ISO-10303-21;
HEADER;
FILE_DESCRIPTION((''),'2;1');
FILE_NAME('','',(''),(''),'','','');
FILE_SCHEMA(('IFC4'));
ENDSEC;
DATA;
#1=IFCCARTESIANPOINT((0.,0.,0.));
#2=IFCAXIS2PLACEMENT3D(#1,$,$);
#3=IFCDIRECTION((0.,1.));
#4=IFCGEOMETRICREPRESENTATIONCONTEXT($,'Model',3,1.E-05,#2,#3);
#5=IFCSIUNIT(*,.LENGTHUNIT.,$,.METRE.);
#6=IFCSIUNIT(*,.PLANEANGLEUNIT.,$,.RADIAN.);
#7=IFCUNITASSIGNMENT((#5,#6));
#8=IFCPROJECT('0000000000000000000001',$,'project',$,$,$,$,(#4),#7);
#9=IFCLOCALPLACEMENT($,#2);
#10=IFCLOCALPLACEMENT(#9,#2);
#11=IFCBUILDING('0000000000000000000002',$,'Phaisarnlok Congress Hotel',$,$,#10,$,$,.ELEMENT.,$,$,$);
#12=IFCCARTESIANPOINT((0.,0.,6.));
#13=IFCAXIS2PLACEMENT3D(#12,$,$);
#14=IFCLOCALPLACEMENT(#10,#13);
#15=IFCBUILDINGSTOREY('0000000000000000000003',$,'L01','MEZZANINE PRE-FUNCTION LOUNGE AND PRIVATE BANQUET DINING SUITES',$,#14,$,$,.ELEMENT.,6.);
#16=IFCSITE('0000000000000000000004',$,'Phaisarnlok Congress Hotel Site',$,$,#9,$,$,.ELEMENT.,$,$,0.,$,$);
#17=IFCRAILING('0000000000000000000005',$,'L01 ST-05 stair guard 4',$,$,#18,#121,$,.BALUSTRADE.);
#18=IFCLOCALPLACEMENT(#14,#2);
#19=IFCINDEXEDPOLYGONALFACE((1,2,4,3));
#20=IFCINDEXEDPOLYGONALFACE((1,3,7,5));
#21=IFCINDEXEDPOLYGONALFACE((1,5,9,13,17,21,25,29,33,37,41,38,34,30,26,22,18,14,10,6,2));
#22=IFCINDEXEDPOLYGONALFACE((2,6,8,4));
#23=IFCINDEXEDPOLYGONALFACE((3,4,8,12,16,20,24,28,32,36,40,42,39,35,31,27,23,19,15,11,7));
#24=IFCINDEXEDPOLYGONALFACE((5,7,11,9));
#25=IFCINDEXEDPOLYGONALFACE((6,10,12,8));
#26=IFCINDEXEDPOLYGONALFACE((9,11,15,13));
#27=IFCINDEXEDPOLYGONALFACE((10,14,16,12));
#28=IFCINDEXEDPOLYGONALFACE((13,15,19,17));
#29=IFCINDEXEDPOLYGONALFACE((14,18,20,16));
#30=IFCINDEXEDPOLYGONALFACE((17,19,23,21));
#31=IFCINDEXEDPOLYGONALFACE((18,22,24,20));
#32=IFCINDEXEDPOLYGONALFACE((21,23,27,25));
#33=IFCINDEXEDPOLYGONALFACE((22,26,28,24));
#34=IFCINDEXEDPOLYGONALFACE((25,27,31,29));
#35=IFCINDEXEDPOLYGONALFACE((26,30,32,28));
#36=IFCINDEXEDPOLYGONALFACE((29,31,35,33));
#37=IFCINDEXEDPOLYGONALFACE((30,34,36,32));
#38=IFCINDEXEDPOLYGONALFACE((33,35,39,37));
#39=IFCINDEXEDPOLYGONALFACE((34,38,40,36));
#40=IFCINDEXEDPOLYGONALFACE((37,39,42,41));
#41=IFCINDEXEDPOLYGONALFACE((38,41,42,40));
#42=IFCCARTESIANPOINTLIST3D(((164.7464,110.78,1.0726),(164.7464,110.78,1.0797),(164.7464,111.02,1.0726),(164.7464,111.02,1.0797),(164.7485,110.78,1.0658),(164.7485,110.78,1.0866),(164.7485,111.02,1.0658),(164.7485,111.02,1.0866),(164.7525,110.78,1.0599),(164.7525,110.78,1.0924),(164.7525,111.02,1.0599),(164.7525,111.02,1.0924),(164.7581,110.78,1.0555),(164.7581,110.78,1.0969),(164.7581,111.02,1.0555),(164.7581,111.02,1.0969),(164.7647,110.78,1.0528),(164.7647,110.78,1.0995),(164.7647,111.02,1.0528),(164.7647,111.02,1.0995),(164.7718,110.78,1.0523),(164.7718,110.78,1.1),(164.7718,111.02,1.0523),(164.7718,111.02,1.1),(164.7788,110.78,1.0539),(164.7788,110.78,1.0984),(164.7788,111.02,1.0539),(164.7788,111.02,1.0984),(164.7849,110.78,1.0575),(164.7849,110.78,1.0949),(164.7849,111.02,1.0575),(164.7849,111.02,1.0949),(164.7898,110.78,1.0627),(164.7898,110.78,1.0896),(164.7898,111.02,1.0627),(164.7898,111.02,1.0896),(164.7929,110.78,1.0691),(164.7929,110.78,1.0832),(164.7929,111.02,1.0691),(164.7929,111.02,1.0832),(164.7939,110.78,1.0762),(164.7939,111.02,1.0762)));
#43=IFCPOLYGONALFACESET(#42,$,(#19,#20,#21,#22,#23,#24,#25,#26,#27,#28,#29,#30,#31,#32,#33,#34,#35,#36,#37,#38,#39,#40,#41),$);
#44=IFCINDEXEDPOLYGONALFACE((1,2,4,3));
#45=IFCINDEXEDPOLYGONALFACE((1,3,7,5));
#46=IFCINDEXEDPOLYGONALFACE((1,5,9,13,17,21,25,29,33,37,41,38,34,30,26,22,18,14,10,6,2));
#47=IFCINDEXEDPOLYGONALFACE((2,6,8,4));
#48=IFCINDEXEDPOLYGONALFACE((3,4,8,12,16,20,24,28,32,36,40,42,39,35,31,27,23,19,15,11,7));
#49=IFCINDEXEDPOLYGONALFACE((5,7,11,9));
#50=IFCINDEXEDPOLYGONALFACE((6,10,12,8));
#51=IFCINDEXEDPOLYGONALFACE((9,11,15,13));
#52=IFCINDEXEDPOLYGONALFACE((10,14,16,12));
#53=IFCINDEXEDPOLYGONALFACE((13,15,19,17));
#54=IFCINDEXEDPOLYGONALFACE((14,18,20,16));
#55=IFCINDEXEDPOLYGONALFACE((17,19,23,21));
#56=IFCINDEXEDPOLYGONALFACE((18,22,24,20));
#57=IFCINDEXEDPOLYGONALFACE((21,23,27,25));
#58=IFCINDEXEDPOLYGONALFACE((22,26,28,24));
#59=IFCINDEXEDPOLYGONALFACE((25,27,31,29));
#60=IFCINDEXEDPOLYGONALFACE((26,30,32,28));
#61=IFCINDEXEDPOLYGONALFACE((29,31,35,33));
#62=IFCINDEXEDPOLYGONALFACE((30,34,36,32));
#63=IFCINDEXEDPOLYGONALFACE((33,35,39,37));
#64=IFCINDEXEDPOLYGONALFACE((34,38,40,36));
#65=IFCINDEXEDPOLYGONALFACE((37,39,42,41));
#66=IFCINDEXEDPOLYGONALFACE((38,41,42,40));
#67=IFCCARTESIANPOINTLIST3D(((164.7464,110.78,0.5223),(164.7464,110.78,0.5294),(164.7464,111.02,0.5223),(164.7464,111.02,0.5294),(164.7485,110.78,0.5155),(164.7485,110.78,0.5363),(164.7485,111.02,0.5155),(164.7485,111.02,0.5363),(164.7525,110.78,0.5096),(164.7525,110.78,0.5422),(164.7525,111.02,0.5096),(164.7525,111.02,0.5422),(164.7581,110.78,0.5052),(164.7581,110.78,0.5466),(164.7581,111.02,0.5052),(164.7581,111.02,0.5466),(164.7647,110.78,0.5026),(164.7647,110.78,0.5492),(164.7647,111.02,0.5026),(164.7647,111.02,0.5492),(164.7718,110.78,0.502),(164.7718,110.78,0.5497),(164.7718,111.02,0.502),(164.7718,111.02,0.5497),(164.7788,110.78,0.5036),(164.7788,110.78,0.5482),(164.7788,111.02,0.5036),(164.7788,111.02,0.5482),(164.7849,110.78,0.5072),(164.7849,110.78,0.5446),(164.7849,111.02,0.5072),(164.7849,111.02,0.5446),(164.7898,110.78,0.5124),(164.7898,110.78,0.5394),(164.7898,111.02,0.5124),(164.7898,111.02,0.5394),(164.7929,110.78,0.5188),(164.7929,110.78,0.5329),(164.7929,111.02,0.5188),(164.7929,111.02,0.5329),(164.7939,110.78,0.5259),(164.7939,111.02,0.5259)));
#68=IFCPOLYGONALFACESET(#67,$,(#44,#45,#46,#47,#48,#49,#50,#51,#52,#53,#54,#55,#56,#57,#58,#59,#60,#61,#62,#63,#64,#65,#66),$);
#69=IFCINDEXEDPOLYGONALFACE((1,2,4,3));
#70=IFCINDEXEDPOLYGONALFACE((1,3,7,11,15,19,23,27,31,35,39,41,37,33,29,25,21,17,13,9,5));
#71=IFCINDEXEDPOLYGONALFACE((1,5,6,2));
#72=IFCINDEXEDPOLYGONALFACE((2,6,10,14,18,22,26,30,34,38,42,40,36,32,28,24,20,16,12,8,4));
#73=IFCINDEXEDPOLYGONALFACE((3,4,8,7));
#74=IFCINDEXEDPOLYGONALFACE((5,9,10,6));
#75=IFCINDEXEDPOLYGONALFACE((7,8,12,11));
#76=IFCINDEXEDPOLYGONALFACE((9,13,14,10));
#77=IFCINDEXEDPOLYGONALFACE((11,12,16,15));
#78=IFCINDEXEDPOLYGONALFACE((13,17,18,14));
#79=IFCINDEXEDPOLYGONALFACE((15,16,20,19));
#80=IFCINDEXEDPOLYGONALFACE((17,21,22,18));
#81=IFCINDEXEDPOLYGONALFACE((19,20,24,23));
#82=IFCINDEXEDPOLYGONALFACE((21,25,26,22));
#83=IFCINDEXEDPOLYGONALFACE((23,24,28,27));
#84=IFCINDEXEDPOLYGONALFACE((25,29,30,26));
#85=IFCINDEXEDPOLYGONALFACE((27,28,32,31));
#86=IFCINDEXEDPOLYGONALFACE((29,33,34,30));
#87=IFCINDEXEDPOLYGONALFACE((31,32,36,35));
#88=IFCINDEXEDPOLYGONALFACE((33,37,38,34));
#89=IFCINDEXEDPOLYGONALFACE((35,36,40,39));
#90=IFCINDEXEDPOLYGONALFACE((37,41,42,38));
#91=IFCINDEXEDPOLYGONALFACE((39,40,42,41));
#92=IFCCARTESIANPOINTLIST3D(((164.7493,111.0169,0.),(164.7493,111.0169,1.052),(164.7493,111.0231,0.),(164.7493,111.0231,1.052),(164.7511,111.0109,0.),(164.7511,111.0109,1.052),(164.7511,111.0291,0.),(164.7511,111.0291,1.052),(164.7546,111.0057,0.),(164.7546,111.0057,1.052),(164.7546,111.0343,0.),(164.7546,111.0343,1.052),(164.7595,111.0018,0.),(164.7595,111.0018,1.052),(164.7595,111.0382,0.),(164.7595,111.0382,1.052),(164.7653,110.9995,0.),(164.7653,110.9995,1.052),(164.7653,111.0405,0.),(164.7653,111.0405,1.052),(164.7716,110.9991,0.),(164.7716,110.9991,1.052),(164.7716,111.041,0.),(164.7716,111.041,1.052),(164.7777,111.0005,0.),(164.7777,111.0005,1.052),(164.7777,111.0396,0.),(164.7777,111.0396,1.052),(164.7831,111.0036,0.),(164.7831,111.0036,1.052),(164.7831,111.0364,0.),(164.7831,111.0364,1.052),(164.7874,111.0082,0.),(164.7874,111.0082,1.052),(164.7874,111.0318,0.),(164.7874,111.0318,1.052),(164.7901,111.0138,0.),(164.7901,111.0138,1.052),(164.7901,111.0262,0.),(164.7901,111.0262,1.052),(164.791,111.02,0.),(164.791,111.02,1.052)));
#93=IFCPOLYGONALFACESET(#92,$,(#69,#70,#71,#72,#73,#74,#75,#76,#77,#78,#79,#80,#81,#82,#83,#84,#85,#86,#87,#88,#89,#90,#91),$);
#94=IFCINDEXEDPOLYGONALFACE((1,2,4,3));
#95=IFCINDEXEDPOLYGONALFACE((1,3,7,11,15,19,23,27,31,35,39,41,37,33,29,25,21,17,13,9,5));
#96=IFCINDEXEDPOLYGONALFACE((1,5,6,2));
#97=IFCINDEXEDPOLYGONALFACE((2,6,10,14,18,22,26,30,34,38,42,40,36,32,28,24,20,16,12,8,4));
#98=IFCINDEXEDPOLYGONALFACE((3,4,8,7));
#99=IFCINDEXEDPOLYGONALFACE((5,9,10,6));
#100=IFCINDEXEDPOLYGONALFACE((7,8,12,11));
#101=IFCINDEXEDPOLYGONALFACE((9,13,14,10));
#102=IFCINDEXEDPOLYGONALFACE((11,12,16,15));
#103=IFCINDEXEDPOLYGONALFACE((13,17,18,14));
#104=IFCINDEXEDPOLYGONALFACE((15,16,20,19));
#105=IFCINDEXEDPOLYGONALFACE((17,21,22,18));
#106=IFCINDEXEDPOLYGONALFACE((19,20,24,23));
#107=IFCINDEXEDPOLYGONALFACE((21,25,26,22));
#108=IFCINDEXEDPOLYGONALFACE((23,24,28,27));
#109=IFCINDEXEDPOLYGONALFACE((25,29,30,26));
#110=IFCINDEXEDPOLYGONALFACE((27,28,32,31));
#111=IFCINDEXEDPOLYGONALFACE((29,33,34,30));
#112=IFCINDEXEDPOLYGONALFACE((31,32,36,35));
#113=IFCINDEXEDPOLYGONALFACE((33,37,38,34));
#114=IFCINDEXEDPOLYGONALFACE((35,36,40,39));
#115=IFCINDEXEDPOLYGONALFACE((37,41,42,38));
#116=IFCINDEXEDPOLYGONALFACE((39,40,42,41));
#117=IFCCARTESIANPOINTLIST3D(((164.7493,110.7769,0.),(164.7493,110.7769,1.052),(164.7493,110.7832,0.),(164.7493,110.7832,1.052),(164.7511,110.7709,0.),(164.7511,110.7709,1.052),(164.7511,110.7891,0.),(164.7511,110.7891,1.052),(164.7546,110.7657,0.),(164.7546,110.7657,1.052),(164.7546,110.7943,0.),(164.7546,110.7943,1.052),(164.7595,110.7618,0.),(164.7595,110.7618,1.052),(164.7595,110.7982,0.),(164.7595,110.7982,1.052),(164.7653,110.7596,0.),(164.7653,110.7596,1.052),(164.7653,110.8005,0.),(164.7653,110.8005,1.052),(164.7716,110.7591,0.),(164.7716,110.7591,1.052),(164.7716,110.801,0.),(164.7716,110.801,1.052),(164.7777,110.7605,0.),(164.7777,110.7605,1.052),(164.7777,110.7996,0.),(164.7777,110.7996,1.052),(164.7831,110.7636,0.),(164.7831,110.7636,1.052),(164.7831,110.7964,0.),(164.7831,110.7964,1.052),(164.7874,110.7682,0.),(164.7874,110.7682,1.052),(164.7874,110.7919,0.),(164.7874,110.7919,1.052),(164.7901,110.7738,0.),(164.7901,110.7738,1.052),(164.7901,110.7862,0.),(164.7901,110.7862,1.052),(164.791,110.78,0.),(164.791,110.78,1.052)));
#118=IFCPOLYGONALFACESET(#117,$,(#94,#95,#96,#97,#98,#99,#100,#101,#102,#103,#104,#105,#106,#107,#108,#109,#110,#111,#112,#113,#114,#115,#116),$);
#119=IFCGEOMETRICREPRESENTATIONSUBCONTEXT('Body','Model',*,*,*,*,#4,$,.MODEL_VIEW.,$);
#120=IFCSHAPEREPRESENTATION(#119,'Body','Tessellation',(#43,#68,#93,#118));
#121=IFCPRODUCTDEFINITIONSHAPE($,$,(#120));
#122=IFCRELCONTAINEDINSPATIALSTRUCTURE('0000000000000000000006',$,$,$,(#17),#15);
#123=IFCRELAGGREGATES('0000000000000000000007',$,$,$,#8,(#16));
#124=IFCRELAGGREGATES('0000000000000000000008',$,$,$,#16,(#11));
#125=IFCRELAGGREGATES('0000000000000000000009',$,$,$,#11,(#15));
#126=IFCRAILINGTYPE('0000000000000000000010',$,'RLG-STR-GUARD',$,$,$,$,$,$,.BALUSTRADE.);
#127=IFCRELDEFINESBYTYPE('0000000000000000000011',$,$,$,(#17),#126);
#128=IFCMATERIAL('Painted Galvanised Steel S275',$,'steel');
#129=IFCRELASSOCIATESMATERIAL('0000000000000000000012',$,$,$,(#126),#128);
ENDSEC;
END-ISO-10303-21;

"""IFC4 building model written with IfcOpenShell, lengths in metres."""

from ifc_helpers import new_model, si_unit, direction, frame, origin, origin_2d, place, context, subcontext, project, spatial, circle, extrude, material, type_object, element, save


model = new_model("IFC4")

# Units and contexts
model_context = context("Model", 3, precision=1e-05, world=origin(), true_north=direction((0.0, 1.0)))
body_context = subcontext(model_context, "Body", "Model", "MODEL_VIEW")
ifc_project = project(units=[si_unit("LENGTHUNIT", "METRE"), si_unit("PLANEANGLEUNIT", "RADIAN")], contexts=[model_context])

# Site, building, storey
site_placement = place(None, origin())
site = spatial("IfcSite", under=ifc_project, at=site_placement, Name="Phaisarnlok Congress Hotel Site", CompositionType="ELEMENT", RefElevation=0.0)
building_placement = place(site_placement, origin())
building = spatial("IfcBuilding", under=site, at=building_placement, Name="Phaisarnlok Congress Hotel", CompositionType="ELEMENT")
storey_placement = place(building_placement, frame((0.0, 0.0, 6.0)))
storey = spatial("IfcBuildingStorey", under=building, at=storey_placement, Name="L01", Description="MEZZANINE PRE-FUNCTION LOUNGE AND PRIVATE BANQUET DINING SUITES", CompositionType="ELEMENT", Elevation=6.0)

# Railing
ifc_material_1 = material(Name="Painted Galvanised Steel S275", Category="steel")
railing_type_1 = type_object("IfcRailingType", Name="RLG-STR-GUARD", PredefinedType="BALUSTRADE", material=ifc_material_1)
railing_1_placement = place(storey_placement, frame((164.77, 111.02, 0.0)))
element("IfcRailing", 1, at=railing_1_placement, inside=storey, type_object=railing_type_1, Name="L01 ST-05 stair guard 4", PredefinedType="BALUSTRADE", context=body_context, shape_type="SweptSolid", body=[
    extrude(circle(Radius=0.0239, at=origin_2d()), frame((0.0, 0.0, 1.0762), z_axis=(0.0, -1.0, 0.0), x_axis=(1.0, 0.0, 0.0)), (0.0, 0.0, 1.0), 0.24),
    extrude(circle(Radius=0.0239, at=origin_2d()), frame((0.0, 0.0, 0.5259), z_axis=(0.0, -1.0, 0.0), x_axis=(1.0, 0.0, 0.0)), (0.0, 0.0, 1.0), 0.24),
    extrude(circle(Radius=0.021, at=origin_2d()), origin(), (0.0, 0.0, 1.0), 1.052),
    extrude(circle(Radius=0.021, at=origin_2d()), frame((0.0, -0.24, 0.0)), (0.0, 0.0, 1.0), 1.052),
])

save(model, "model.ifc")
